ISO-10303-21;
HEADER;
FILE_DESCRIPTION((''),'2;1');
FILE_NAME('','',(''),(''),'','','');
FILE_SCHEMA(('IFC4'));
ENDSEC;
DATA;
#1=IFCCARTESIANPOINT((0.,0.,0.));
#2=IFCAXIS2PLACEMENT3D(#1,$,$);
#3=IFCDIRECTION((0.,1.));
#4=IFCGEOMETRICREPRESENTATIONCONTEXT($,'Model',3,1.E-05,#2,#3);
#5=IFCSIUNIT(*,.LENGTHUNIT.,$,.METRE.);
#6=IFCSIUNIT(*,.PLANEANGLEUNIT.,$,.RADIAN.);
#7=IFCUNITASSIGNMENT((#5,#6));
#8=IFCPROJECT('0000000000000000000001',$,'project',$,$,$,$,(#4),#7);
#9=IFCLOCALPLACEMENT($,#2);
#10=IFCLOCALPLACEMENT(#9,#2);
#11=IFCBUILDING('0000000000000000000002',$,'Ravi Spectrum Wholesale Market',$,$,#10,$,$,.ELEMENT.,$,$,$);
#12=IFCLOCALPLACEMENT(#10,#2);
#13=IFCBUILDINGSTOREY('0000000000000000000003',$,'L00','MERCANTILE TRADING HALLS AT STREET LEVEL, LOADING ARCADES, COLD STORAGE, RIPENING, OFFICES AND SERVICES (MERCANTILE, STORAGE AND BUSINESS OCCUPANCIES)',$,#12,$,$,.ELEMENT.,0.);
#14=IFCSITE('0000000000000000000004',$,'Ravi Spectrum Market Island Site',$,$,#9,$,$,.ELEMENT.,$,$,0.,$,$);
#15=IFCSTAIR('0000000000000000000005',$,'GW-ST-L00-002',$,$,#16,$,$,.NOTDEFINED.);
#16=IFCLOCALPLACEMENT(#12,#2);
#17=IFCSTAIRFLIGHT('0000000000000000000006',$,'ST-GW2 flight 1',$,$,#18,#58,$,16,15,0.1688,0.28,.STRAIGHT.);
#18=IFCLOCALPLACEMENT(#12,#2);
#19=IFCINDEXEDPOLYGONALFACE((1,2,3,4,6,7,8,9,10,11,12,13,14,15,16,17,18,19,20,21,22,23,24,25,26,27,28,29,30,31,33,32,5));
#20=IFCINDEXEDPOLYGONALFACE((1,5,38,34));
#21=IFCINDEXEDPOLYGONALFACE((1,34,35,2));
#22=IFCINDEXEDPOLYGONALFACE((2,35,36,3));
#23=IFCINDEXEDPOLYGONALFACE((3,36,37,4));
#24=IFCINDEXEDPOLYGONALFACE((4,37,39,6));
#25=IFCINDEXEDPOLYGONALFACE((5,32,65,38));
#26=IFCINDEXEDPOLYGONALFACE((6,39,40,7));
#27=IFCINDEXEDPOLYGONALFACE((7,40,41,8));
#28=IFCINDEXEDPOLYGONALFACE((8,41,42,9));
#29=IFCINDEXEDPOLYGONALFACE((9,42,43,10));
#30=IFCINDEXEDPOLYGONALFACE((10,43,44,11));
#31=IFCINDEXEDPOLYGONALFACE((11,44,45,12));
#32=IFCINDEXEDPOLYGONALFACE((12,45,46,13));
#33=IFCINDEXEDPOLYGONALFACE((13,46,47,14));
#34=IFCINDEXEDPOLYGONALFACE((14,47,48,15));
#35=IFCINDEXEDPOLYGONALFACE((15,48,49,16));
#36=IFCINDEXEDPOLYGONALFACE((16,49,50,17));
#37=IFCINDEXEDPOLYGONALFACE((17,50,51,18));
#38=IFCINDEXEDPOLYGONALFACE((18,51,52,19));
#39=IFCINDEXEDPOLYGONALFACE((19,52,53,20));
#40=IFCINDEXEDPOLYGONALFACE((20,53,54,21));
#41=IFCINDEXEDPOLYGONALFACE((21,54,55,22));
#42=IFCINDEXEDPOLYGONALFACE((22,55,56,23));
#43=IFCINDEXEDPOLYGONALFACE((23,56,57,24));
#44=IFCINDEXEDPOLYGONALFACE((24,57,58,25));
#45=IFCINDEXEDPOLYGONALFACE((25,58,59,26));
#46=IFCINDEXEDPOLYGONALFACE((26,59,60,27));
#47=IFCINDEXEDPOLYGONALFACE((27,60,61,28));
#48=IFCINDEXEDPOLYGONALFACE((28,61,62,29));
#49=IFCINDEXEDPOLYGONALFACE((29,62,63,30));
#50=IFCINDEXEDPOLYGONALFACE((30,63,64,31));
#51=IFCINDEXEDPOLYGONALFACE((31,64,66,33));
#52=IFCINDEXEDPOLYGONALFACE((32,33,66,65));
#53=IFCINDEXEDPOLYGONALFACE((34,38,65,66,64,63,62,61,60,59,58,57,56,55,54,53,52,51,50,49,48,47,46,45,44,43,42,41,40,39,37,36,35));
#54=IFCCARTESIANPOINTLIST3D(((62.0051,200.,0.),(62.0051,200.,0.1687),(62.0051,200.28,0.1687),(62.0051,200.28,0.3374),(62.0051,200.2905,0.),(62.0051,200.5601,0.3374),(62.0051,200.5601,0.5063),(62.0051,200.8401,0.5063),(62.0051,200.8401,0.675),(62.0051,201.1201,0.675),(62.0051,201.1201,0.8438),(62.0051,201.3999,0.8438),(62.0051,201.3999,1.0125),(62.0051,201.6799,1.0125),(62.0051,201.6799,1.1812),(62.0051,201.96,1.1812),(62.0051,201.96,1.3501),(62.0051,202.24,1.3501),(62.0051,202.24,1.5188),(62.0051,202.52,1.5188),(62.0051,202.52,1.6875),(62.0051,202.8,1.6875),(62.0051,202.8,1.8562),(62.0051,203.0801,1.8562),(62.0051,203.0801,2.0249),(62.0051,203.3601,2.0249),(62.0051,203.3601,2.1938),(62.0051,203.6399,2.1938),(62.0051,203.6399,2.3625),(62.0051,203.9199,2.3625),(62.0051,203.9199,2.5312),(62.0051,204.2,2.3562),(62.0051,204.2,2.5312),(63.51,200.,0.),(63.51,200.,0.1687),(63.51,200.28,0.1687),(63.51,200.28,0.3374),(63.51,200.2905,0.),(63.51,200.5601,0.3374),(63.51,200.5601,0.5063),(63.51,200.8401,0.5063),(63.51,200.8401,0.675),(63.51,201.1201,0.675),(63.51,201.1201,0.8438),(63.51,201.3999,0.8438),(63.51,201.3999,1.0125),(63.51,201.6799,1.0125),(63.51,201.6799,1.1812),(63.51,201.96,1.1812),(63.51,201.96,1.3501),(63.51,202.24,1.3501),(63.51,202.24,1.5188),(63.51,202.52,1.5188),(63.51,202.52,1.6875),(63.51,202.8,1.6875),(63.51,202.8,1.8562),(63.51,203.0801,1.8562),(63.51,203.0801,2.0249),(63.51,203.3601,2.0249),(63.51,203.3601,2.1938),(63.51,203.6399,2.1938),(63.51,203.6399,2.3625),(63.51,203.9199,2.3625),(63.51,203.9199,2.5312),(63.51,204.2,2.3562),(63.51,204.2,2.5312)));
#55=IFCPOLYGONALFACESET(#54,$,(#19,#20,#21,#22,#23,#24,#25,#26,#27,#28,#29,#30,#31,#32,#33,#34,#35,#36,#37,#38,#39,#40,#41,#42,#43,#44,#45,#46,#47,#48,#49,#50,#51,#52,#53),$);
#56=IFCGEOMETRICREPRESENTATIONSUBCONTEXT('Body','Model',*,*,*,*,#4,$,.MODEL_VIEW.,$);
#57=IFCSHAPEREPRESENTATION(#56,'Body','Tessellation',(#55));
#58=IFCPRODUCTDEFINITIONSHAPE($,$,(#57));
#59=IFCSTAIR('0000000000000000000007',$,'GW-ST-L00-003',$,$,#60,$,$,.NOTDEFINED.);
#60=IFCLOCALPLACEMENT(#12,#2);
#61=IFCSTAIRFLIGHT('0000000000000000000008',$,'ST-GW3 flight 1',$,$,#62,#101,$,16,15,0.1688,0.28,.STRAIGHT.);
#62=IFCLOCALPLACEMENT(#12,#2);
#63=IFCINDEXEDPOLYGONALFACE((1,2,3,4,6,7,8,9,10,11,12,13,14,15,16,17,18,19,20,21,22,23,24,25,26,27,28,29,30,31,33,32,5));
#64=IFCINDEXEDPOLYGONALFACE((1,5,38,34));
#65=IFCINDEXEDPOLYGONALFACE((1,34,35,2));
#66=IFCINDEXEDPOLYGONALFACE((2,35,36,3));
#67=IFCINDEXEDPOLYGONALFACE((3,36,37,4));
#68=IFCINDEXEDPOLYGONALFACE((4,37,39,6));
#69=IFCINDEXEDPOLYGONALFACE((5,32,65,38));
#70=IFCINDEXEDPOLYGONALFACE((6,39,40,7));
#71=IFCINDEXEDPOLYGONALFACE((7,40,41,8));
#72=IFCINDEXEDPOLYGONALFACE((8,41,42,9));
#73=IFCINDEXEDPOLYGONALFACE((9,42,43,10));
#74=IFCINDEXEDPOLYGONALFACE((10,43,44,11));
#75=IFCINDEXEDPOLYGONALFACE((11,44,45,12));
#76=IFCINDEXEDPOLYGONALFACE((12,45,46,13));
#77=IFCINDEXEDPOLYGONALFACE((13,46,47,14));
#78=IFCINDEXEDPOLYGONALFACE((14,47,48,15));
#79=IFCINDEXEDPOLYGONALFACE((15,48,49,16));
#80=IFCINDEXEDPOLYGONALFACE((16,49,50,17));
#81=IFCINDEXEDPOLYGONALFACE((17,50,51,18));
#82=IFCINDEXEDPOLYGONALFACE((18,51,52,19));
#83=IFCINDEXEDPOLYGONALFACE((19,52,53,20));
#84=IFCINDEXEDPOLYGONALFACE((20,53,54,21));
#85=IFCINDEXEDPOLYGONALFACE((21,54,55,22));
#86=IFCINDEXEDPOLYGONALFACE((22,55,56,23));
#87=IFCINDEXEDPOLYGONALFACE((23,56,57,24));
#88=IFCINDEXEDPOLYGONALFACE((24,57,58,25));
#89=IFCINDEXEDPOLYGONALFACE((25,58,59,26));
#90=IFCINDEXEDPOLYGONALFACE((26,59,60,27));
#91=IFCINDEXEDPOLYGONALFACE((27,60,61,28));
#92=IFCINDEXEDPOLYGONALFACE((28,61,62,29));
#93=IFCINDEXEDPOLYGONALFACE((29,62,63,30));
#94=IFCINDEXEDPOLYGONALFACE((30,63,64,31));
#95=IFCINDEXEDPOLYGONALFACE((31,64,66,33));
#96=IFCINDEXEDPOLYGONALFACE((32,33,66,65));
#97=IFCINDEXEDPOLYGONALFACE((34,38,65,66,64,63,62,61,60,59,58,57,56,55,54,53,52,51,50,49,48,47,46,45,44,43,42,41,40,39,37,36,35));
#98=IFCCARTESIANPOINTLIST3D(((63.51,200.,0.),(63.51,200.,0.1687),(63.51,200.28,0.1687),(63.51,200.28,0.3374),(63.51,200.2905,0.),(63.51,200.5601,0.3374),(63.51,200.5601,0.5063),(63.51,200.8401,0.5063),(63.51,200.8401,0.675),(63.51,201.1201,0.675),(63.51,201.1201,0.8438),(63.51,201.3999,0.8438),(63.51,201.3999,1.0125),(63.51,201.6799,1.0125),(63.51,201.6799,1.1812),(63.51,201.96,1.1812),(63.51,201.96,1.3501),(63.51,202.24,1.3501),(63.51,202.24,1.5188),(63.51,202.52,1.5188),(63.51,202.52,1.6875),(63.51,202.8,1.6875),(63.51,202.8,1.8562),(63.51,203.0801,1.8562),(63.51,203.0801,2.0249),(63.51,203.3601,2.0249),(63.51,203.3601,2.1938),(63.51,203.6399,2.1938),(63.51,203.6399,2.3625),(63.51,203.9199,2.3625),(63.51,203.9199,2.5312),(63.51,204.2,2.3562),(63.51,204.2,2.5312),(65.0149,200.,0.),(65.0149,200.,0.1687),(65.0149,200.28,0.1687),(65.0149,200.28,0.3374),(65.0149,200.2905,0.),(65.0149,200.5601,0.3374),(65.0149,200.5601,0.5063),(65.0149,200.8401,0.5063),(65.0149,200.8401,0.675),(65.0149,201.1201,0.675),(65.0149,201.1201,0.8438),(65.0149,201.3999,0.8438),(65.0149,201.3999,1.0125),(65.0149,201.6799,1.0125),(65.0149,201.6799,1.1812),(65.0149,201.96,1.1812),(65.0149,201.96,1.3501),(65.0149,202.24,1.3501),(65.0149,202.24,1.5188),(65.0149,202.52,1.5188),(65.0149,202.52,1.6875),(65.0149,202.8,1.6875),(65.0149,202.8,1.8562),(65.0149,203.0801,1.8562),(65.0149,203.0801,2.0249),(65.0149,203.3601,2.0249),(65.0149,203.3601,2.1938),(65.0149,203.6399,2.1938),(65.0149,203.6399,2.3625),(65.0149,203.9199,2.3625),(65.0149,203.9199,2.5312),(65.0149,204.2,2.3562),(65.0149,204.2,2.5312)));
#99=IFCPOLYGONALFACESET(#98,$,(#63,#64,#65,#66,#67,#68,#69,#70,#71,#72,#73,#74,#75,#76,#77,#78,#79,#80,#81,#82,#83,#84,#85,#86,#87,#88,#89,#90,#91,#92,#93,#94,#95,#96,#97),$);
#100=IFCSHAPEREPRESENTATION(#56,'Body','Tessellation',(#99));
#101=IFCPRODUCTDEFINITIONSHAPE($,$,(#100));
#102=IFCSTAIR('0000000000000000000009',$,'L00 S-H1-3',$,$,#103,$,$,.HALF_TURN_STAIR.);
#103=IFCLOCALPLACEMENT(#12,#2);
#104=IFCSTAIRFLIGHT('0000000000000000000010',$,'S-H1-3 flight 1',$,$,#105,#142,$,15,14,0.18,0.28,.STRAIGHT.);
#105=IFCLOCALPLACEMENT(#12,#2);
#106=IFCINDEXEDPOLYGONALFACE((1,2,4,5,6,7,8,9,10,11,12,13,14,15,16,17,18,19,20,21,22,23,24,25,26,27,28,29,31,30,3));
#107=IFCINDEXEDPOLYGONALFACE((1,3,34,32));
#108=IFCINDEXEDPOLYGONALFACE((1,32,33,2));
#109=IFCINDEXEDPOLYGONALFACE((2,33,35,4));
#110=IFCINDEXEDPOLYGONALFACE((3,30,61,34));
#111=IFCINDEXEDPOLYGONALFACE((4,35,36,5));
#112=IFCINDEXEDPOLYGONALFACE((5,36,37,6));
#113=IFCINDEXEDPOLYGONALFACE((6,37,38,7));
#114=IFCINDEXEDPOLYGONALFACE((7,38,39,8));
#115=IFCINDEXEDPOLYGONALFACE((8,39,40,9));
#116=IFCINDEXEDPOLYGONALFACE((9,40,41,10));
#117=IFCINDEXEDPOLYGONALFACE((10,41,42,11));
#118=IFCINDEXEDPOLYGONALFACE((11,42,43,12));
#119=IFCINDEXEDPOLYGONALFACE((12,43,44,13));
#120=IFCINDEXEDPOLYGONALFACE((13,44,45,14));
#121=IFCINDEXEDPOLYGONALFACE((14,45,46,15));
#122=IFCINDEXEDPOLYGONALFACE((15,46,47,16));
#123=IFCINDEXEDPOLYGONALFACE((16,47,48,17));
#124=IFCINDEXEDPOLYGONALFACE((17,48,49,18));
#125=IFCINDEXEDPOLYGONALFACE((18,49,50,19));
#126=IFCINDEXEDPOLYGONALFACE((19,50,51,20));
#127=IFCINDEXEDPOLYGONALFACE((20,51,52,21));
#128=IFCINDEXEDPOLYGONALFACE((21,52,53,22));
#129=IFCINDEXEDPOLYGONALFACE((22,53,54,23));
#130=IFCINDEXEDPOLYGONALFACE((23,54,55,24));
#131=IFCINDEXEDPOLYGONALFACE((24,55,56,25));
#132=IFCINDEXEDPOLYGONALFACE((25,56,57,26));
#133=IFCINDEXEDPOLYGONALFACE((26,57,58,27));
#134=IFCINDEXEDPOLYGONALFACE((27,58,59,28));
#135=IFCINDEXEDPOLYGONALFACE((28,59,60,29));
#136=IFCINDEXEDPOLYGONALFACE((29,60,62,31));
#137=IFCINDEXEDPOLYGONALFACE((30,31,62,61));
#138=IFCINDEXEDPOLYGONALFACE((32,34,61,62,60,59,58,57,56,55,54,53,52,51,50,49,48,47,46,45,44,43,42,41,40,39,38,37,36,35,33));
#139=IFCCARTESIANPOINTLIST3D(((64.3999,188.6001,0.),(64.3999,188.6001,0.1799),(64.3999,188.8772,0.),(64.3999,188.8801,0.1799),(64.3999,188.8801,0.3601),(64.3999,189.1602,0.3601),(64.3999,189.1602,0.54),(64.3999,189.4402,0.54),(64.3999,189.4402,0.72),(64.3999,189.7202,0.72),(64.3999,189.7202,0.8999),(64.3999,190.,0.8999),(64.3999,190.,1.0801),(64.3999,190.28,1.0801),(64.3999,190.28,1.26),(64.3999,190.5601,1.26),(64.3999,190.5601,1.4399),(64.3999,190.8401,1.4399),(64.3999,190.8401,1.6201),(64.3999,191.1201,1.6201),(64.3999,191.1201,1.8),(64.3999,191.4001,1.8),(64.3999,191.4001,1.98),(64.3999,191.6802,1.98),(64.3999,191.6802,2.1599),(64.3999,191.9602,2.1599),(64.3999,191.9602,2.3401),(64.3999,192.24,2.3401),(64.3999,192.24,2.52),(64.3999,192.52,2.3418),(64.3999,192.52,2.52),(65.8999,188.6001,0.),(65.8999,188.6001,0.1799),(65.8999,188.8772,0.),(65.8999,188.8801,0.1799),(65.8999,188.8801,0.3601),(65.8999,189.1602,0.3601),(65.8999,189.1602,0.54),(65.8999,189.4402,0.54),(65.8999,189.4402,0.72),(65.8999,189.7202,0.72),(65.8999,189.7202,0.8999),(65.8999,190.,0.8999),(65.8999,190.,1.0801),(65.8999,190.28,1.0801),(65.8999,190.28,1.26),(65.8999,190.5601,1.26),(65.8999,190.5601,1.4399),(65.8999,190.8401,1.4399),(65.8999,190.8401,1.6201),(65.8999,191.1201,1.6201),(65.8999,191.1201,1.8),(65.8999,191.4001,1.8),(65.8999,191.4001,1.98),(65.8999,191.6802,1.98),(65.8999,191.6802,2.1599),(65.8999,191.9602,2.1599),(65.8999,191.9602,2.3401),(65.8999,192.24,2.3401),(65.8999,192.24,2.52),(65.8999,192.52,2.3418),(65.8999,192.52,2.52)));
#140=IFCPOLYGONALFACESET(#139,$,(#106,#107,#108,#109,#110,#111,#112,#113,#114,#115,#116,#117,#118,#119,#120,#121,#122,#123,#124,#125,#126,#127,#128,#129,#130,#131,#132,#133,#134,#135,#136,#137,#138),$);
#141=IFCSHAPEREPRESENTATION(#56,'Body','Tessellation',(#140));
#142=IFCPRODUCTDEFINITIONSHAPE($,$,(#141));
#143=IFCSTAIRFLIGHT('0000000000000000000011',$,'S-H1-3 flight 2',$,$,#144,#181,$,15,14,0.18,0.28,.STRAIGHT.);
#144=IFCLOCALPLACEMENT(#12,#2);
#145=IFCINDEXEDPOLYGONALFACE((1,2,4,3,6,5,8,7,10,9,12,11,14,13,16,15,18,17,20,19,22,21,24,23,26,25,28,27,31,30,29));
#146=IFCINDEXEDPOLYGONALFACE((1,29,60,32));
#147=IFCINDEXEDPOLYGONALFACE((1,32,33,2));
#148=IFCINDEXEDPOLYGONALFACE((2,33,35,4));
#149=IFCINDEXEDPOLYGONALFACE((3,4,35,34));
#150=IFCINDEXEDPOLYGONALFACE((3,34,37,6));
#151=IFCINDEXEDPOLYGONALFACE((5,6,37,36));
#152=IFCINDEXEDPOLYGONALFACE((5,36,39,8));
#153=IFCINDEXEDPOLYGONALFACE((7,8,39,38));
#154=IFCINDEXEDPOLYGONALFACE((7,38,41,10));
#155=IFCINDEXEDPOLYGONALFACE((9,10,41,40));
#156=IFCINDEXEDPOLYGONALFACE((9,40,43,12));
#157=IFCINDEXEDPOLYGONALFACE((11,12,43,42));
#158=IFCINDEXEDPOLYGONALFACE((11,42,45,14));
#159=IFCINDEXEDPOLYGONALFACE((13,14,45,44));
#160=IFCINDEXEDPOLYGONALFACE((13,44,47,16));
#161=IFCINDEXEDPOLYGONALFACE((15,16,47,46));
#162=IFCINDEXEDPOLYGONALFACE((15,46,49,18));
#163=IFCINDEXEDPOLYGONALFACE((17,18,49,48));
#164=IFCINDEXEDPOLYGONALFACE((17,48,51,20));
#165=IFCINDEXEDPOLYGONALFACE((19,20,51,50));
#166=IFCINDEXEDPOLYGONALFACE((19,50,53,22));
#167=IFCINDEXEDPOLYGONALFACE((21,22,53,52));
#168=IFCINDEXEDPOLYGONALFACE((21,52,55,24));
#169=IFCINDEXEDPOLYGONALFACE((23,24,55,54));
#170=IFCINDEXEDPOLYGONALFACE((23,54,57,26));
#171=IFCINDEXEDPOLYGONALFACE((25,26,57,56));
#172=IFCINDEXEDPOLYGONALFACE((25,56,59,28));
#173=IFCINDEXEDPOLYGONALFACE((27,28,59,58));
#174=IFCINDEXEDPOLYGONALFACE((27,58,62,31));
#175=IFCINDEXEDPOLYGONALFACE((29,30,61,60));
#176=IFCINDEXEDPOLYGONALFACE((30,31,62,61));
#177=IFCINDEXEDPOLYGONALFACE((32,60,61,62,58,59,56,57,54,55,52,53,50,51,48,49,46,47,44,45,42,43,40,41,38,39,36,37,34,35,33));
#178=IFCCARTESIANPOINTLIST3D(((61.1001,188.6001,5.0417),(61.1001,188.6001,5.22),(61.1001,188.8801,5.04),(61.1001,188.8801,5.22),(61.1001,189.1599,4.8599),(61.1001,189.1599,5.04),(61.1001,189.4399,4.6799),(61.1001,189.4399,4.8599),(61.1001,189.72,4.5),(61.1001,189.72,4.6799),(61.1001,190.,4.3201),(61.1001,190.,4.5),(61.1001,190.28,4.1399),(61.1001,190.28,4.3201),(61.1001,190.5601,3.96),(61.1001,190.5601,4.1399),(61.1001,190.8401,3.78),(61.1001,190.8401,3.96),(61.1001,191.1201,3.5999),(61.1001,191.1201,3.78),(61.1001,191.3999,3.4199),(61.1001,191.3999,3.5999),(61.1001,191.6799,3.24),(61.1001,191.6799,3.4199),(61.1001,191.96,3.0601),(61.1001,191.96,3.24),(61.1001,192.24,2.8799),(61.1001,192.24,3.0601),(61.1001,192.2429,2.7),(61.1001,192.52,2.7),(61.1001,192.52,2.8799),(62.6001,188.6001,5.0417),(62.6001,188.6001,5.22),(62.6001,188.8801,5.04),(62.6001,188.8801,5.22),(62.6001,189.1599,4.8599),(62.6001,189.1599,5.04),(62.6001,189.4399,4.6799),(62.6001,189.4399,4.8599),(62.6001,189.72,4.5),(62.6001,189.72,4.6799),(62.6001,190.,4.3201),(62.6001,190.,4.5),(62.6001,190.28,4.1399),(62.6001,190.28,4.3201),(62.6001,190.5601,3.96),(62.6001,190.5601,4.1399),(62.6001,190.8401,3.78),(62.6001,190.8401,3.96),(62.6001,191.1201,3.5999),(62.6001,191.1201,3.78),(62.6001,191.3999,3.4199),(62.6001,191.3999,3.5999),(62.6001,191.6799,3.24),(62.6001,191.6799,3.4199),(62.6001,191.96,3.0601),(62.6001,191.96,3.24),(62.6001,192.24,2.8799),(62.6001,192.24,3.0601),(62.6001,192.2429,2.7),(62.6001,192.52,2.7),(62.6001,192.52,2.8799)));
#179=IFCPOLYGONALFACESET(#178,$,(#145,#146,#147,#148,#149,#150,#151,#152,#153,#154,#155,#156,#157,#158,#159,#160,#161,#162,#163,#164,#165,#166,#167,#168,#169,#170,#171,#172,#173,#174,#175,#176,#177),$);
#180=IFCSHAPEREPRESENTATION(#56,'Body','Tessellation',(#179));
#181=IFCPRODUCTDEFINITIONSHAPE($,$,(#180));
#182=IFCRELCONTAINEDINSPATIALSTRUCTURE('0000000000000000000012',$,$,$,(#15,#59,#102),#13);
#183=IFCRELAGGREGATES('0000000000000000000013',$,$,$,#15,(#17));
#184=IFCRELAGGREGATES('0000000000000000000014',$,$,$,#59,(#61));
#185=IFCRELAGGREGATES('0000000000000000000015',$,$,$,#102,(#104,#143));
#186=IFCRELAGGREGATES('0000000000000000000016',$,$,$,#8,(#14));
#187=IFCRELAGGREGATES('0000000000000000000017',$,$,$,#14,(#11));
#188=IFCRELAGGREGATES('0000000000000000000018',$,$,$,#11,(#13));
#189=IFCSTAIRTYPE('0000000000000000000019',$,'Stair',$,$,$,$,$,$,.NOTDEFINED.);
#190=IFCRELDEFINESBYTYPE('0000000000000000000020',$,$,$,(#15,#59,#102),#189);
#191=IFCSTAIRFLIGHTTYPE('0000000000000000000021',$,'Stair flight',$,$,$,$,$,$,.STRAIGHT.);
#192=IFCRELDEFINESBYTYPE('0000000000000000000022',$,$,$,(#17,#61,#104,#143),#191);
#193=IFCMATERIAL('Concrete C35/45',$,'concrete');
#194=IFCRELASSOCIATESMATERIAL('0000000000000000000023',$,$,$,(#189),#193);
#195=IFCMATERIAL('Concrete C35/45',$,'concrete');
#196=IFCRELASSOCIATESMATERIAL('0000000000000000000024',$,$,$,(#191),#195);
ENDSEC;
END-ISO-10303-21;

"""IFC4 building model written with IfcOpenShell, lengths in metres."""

from ifc_helpers import new_model, si_unit, direction, frame, origin, place, context, subcontext, project, spatial, polyline, outline, extrude, material, type_object, element, aggregate, save


model = new_model("IFC4")

# Units and contexts
model_context = context("Model", 3, precision=1e-05, world=origin(), true_north=direction((0.0, 1.0)))
body_context = subcontext(model_context, "Body", "Model", "MODEL_VIEW")
ifc_project = project(units=[si_unit("LENGTHUNIT", "METRE"), si_unit("PLANEANGLEUNIT", "RADIAN")], contexts=[model_context])

# Site, building, storey
site_placement = place(None, origin())
site = spatial("IfcSite", under=ifc_project, at=site_placement, Name="Ravi Spectrum Market Island Site", CompositionType="ELEMENT", RefElevation=0.0)
building_placement = place(site_placement, origin())
building = spatial("IfcBuilding", under=site, at=building_placement, Name="Ravi Spectrum Wholesale Market", CompositionType="ELEMENT")
storey_placement = place(building_placement, origin())
storey = spatial("IfcBuildingStorey", under=building, at=storey_placement, Name="L00", Description="MERCANTILE TRADING HALLS AT STREET LEVEL, LOADING ARCADES, COLD STORAGE, RIPENING, OFFICES AND SERVICES (MERCANTILE, STORAGE AND BUSINESS OCCUPANCIES)", CompositionType="ELEMENT", Elevation=0.0)

# Stairs, stair flights
ifc_material_1 = material(Name="Concrete C35/45", Category="concrete")
stair_type = type_object("IfcStairType", Name="Stair", PredefinedType="NOTDEFINED", material=ifc_material_1)
ifc_material_2 = material(Name="Concrete C35/45", Category="concrete")
stair_flight_type = type_object("IfcStairFlightType", Name="Stair flight", PredefinedType="STRAIGHT", material=ifc_material_2)
stair_1_placement = place(storey_placement, origin())
stair_1 = element("IfcStair", 1, at=stair_1_placement, inside=storey, type_object=stair_type, Name="GW-ST-L00-002", PredefinedType="NOTDEFINED")
stair_flight_1_placement = place(storey_placement, frame((62.7576, 200.0, 0.0), z_axis=(0.0, 0.0, 1.0), x_axis=(0.0, 1.0, 0.0)))
stair_flight_1 = element("IfcStairFlight", 2, at=stair_flight_1_placement, type_object=stair_flight_type, Name="ST-GW2 flight 1", NumberOfRisers=16, NumberOfTreads=15, PredefinedType="STRAIGHT", RiserHeight=0.1688, TreadLength=0.28, context=body_context, shape_type="SweptSolid", body=[
    extrude(outline(polyline([(0.0, 0.0), (0.0, 0.1687), (0.28, 0.1687), (0.28, 0.3374), (0.5601, 0.3374), (0.5601, 0.5063), (0.8401, 0.5063), (0.8401, 0.675), (1.1201, 0.675), (1.1201, 0.8438), (1.3999, 0.8438), (1.3999, 1.0125), (1.6799, 1.0125), (1.6799, 1.1812), (1.96, 1.1812), (1.96, 1.3501), (2.24, 1.3501), (2.24, 1.5188), (2.52, 1.5188), (2.52, 1.6875), (2.8, 1.6875), (2.8, 1.8562), (3.0801, 1.8562), (3.0801, 2.0249), (3.3601, 2.0249), (3.3601, 2.1938), (3.6399, 2.1938), (3.6399, 2.3625), (3.9199, 2.3625), (3.9199, 2.5312), (4.2, 2.5312), (4.2, 2.7), (4.2, 2.3562), (0.2905, 0.0), (0.0, 0.0)])), frame((0.0, 0.7524, 0.0), z_axis=(0.0, -1.0, 0.0), x_axis=(1.0, 0.0, 0.0)), (0.0, 0.0, 1.0), 1.5049),
])
aggregate(stair_1, [stair_flight_1])
stair_2_placement = place(storey_placement, origin())
stair_2 = element("IfcStair", 3, at=stair_2_placement, inside=storey, type_object=stair_type, Name="GW-ST-L00-003", PredefinedType="NOTDEFINED")
stair_flight_2_placement = place(storey_placement, frame((64.2625, 200.0, 0.0), z_axis=(0.0, 0.0, 1.0), x_axis=(0.0, 1.0, 0.0)))
stair_flight_2 = element("IfcStairFlight", 4, at=stair_flight_2_placement, type_object=stair_flight_type, Name="ST-GW3 flight 1", NumberOfRisers=16, NumberOfTreads=15, PredefinedType="STRAIGHT", RiserHeight=0.1688, TreadLength=0.28, context=body_context, shape_type="SweptSolid", body=[
    extrude(outline(polyline([(0.0, 0.0), (0.0, 0.1687), (0.28, 0.1687), (0.28, 0.3374), (0.5601, 0.3374), (0.5601, 0.5063), (0.8401, 0.5063), (0.8401, 0.675), (1.1201, 0.675), (1.1201, 0.8438), (1.3999, 0.8438), (1.3999, 1.0125), (1.6799, 1.0125), (1.6799, 1.1812), (1.96, 1.1812), (1.96, 1.3501), (2.24, 1.3501), (2.24, 1.5188), (2.52, 1.5188), (2.52, 1.6875), (2.8, 1.6875), (2.8, 1.8562), (3.0801, 1.8562), (3.0801, 2.0249), (3.3601, 2.0249), (3.3601, 2.1938), (3.6399, 2.1938), (3.6399, 2.3625), (3.9199, 2.3625), (3.9199, 2.5312), (4.2, 2.5312), (4.2, 2.7), (4.2, 2.3562), (0.2905, 0.0), (0.0, 0.0)])), frame((0.0, 0.7524, 0.0), z_axis=(0.0, -1.0, 0.0), x_axis=(1.0, 0.0, 0.0)), (0.0, 0.0, 1.0), 1.5049),
])
aggregate(stair_2, [stair_flight_2])

# Stair, stair flights
stair_3_placement = place(storey_placement, origin())
stair_3 = element("IfcStair", 5, at=stair_3_placement, inside=storey, type_object=stair_type, Name="L00 S-H1-3", PredefinedType="HALF_TURN_STAIR")
stair_flight_3_placement = place(storey_placement, frame((65.1499, 188.6001, 0.0), z_axis=(0.0, 0.0, 1.0), x_axis=(0.0, 1.0, 0.0)))
stair_flight_3 = element("IfcStairFlight", 6, at=stair_flight_3_placement, type_object=stair_flight_type, Name="S-H1-3 flight 1", NumberOfRisers=15, NumberOfTreads=14, PredefinedType="STRAIGHT", RiserHeight=0.18, TreadLength=0.28, context=body_context, shape_type="SweptSolid", body=[
    extrude(outline(polyline([(0.0, 0.0), (0.0, 0.1799), (0.28, 0.1799), (0.28, 0.3601), (0.5601, 0.3601), (0.5601, 0.54), (0.8401, 0.54), (0.8401, 0.72), (1.1201, 0.72), (1.1201, 0.8999), (1.3999, 0.8999), (1.3999, 1.0801), (1.6799, 1.0801), (1.6799, 1.26), (1.96, 1.26), (1.96, 1.4399), (2.24, 1.4399), (2.24, 1.6201), (2.52, 1.6201), (2.52, 1.8), (2.8, 1.8), (2.8, 1.98), (3.0801, 1.98), (3.0801, 2.1599), (3.3601, 2.1599), (3.3601, 2.3401), (3.6399, 2.3401), (3.6399, 2.52), (3.9199, 2.52), (3.9199, 2.7), (3.9199, 2.3418), (0.2771, 0.0), (0.0, 0.0)])), frame((0.0, 0.75, 0.0), z_axis=(0.0, -1.0, 0.0), x_axis=(1.0, 0.0, 0.0)), (0.0, 0.0, 1.0), 1.5),
])
stair_flight_4_placement = place(storey_placement, frame((61.8501, 192.52, 2.7), z_axis=(0.0, 0.0, 1.0), x_axis=(0.0, -1.0, 0.0)))
stair_flight_4 = element("IfcStairFlight", 7, at=stair_flight_4_placement, type_object=stair_flight_type, Name="S-H1-3 flight 2", NumberOfRisers=15, NumberOfTreads=14, PredefinedType="STRAIGHT", RiserHeight=0.18, TreadLength=0.28, context=body_context, shape_type="SweptSolid", body=[
    extrude(outline(polyline([(0.0, 0.0), (0.0, 0.1799), (0.28, 0.1799), (0.28, 0.3601), (0.5601, 0.3601), (0.5601, 0.54), (0.8401, 0.54), (0.8401, 0.72), (1.1201, 0.72), (1.1201, 0.8999), (1.3999, 0.8999), (1.3999, 1.0801), (1.6799, 1.0801), (1.6799, 1.26), (1.96, 1.26), (1.96, 1.4399), (2.24, 1.4399), (2.24, 1.6201), (2.52, 1.6201), (2.52, 1.8), (2.8, 1.8), (2.8, 1.98), (3.0801, 1.98), (3.0801, 2.1599), (3.3601, 2.1599), (3.3601, 2.3401), (3.6399, 2.3401), (3.6399, 2.52), (3.9199, 2.52), (3.9199, 2.7), (3.9199, 2.3418), (0.2771, 0.0), (0.0, 0.0)])), frame((0.0, 0.75, 0.0), z_axis=(0.0, -1.0, 0.0), x_axis=(1.0, 0.0, 0.0)), (0.0, 0.0, 1.0), 1.5),
])
aggregate(stair_3, [stair_flight_3, stair_flight_4])

save(model, "model.ifc")
